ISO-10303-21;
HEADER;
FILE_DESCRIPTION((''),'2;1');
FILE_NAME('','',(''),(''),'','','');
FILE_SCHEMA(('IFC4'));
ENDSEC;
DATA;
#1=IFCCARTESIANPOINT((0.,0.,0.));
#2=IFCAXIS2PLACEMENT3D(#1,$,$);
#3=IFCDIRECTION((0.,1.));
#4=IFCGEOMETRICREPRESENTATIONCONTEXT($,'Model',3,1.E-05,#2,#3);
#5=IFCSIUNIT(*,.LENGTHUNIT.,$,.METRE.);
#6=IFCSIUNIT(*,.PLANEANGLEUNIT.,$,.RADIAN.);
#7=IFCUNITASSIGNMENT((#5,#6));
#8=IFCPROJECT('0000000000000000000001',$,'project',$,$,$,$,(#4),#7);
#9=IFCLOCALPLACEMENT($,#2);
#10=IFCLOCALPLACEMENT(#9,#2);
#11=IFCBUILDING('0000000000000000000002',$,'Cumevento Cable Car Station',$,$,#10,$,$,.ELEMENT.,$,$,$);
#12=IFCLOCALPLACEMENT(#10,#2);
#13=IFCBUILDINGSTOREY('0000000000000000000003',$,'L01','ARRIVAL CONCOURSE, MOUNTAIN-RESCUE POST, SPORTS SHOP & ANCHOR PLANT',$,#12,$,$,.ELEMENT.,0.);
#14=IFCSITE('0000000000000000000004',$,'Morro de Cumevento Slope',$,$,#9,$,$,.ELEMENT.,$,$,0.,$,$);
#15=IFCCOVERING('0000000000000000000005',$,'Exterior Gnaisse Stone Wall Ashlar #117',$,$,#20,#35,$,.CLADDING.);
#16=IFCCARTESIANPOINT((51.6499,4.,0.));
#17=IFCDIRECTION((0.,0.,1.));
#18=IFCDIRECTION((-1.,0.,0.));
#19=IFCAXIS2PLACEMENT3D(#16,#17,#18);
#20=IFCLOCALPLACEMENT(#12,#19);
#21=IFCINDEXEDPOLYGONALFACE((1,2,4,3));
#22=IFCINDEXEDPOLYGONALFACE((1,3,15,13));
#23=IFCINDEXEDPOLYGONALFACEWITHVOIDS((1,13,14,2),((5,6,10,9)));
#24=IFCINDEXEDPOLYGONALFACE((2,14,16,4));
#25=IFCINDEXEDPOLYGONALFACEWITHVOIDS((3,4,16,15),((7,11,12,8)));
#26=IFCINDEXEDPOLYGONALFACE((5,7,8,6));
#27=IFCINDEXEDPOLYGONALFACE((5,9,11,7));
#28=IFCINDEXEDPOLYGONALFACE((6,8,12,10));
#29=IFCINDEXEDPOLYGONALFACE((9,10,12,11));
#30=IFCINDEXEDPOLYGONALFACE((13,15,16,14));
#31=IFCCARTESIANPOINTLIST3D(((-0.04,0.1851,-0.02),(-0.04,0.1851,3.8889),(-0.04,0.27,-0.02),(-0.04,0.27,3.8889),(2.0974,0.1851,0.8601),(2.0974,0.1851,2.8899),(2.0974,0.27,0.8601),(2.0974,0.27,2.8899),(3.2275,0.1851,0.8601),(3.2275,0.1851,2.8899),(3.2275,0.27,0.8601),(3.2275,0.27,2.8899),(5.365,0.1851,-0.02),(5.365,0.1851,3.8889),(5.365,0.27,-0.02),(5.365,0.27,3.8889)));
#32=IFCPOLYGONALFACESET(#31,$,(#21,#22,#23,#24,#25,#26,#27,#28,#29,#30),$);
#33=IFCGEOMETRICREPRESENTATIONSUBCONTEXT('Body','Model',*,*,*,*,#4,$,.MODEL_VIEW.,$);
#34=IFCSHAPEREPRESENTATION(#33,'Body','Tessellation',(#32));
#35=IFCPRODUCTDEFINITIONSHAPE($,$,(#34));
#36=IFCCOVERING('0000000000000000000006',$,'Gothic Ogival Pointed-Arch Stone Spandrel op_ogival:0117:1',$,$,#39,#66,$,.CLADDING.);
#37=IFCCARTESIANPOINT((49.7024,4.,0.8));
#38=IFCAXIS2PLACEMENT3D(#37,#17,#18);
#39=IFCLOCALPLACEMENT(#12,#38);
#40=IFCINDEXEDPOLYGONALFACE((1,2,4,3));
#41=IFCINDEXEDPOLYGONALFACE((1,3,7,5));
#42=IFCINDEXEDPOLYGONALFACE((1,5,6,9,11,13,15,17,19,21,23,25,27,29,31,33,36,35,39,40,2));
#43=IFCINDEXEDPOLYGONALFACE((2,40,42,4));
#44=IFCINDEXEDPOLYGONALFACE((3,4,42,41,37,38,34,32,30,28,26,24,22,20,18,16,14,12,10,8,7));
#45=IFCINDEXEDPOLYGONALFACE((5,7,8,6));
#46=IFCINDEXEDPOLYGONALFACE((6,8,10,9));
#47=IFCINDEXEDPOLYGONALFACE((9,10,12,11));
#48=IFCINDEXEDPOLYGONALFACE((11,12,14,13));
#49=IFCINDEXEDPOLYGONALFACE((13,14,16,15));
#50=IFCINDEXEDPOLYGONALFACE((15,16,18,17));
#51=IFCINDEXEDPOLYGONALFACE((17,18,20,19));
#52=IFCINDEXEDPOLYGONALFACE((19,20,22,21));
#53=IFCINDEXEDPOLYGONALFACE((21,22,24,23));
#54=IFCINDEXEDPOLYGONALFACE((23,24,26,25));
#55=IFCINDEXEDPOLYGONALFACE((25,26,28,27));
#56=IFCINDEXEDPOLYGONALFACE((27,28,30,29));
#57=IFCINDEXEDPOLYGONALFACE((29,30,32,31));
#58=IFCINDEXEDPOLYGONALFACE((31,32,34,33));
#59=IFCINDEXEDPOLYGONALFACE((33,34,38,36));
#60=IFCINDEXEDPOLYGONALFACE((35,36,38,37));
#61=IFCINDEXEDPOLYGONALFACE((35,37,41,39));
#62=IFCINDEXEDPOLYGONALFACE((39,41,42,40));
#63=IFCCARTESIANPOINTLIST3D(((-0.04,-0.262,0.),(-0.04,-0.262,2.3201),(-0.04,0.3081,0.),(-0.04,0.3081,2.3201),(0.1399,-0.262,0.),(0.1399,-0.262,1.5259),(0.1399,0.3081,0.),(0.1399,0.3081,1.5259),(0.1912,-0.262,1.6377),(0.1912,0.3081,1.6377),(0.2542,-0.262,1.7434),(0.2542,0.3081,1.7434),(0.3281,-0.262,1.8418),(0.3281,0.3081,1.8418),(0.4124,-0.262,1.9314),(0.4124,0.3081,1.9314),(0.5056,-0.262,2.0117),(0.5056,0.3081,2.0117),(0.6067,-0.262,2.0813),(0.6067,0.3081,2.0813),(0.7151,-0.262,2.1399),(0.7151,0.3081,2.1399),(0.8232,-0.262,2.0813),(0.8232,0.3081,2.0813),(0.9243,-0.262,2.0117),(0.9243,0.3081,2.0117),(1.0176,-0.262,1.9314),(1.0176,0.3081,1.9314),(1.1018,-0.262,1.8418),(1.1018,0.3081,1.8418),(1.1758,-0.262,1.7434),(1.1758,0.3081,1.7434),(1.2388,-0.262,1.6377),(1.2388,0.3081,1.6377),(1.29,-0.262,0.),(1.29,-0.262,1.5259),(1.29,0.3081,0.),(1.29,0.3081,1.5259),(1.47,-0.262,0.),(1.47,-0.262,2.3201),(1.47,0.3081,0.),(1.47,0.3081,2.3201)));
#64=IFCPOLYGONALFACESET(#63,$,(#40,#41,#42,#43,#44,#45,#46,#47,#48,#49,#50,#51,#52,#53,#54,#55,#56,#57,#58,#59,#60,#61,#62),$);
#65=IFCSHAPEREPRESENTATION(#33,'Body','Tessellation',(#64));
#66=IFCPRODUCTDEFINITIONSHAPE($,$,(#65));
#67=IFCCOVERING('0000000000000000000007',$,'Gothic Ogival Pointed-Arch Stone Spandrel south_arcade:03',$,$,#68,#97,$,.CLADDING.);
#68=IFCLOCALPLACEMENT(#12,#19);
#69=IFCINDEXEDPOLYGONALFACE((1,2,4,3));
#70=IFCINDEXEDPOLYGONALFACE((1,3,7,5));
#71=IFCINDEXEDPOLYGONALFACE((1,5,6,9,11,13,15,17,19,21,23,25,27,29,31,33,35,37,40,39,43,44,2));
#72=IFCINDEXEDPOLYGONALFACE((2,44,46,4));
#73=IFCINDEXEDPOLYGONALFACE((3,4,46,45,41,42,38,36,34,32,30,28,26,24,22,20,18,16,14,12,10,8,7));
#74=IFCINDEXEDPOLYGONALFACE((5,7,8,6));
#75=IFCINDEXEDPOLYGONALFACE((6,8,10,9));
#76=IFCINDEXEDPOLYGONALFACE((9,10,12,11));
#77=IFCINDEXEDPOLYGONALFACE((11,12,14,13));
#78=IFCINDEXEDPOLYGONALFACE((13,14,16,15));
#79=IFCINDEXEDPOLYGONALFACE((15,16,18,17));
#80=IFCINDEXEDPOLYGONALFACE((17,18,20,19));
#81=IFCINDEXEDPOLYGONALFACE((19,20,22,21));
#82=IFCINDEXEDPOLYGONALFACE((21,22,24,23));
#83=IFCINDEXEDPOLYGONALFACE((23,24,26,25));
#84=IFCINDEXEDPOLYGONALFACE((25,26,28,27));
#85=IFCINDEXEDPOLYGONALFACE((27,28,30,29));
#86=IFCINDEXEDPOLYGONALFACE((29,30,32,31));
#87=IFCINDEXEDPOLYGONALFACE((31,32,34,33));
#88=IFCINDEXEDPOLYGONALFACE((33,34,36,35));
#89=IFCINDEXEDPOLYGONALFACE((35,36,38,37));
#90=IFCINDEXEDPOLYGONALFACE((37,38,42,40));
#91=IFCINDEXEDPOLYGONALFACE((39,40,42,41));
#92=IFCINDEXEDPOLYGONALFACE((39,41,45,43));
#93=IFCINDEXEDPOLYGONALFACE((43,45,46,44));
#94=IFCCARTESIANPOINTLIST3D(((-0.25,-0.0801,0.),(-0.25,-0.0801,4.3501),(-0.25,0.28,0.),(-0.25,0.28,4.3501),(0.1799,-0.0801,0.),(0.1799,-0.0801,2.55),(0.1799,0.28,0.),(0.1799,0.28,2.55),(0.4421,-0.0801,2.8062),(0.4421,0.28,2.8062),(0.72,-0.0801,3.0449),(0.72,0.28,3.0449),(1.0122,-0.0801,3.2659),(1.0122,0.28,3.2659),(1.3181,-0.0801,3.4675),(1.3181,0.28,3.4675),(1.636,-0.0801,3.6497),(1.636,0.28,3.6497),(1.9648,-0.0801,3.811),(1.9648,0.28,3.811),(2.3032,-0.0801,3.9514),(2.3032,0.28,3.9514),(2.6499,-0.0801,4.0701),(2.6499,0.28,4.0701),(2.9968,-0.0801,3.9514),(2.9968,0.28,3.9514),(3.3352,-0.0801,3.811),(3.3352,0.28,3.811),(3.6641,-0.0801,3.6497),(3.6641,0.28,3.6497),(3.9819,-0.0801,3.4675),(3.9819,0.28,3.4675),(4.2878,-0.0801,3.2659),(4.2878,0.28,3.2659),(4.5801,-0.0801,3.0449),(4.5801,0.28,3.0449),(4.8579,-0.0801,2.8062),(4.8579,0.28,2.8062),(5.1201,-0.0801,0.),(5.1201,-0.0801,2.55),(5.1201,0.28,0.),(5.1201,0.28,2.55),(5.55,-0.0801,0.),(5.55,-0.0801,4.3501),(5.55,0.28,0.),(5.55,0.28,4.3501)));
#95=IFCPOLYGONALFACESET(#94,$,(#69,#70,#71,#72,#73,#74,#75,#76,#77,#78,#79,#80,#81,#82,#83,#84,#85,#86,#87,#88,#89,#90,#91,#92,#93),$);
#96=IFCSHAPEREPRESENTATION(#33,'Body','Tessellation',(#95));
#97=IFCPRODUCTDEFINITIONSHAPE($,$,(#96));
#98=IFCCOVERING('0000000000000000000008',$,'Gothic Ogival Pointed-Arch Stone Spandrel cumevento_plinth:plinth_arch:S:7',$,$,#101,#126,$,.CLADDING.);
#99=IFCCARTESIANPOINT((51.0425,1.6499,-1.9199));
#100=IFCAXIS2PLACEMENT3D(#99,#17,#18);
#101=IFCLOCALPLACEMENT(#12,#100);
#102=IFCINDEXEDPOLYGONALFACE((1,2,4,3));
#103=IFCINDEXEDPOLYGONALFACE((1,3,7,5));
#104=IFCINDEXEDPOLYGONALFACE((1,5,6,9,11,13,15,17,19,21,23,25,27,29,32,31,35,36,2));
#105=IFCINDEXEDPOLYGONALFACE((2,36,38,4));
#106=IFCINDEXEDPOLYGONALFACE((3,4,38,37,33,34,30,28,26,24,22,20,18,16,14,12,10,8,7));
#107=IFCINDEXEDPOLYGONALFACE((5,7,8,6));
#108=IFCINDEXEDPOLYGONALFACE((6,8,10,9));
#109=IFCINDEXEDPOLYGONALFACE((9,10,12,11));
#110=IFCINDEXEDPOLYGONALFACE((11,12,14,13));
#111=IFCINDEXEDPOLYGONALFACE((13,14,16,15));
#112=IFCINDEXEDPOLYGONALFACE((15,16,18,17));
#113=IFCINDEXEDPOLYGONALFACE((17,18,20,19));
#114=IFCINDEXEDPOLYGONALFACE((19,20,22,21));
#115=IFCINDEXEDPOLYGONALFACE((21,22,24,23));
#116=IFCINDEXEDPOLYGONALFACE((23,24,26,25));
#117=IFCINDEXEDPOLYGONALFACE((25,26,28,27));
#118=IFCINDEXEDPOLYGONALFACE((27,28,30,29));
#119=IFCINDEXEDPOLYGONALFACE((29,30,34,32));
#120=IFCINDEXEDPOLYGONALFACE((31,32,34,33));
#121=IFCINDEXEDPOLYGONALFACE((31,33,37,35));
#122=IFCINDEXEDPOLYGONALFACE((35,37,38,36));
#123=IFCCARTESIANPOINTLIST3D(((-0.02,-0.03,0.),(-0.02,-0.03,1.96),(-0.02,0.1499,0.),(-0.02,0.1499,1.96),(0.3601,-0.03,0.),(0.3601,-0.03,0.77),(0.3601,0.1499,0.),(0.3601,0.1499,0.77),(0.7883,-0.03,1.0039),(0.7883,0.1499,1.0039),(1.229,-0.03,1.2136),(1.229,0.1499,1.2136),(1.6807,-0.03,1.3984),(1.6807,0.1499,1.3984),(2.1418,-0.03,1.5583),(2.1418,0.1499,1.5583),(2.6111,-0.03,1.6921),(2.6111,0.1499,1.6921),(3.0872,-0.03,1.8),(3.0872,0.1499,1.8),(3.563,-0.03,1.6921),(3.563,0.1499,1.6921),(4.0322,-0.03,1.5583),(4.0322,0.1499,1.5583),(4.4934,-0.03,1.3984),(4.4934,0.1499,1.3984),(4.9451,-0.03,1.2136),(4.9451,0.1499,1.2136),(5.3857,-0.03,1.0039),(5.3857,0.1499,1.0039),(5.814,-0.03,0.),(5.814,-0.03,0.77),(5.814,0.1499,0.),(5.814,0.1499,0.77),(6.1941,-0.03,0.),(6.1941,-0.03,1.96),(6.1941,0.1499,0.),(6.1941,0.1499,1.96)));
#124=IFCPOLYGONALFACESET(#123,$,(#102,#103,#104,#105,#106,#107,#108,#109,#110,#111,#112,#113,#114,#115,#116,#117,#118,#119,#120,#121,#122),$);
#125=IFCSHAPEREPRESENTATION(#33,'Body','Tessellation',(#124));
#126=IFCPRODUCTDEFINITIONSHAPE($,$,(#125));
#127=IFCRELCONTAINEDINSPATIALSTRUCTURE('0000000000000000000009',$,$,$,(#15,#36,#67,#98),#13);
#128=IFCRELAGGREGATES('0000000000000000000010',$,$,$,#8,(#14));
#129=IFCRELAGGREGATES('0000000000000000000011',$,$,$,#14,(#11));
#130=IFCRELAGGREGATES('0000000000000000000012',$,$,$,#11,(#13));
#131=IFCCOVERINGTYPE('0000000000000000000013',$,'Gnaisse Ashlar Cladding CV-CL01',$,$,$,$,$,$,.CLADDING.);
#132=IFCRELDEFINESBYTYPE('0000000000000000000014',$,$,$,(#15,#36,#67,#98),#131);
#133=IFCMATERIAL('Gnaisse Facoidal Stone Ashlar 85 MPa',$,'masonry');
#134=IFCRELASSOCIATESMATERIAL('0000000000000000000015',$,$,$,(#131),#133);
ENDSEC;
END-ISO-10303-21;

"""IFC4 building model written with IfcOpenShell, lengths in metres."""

from ifc_helpers import new_model, si_unit, direction, frame, origin, place, context, subcontext, project, spatial, polyline, outline, extrude, material, type_object, element, save


model = new_model("IFC4")

# Units and contexts
model_context = context("Model", 3, precision=1e-05, world=origin(), true_north=direction((0.0, 1.0)))
body_context = subcontext(model_context, "Body", "Model", "MODEL_VIEW")
ifc_project = project(units=[si_unit("LENGTHUNIT", "METRE"), si_unit("PLANEANGLEUNIT", "RADIAN")], contexts=[model_context])

# Site, building, storey
site_placement = place(None, origin())
site = spatial("IfcSite", under=ifc_project, at=site_placement, Name="Morro de Cumevento Slope", CompositionType="ELEMENT", RefElevation=0.0)
building_placement = place(site_placement, origin())
building = spatial("IfcBuilding", under=site, at=building_placement, Name="Cumevento Cable Car Station", CompositionType="ELEMENT")
storey_placement = place(building_placement, origin())
storey = spatial("IfcBuildingStorey", under=building, at=storey_placement, Name="L01", Description="ARRIVAL CONCOURSE, MOUNTAIN-RESCUE POST, SPORTS SHOP & ANCHOR PLANT", CompositionType="ELEMENT", Elevation=0.0)

# Coverings
ifc_material_1 = material(Name="Gnaisse Facoidal Stone Ashlar 85 MPa", Category="masonry")
covering_type = type_object("IfcCoveringType", Name="Gnaisse Ashlar Cladding CV-CL01", PredefinedType="CLADDING", material=ifc_material_1)
covering_1_placement = place(storey_placement, frame((51.6499, 4.0, 0.0), z_axis=(0.0, 0.0, 1.0), x_axis=(-1.0, 0.0, 0.0)))
element("IfcCovering", 1, at=covering_1_placement, inside=storey, type_object=covering_type, Name="Exterior Gnaisse Stone Wall Ashlar #117", PredefinedType="CLADDING", context=body_context, shape_type="SweptSolid", body=[
    extrude(outline(polyline([(-0.04, -0.02), (5.365, -0.02), (5.365, 3.8889), (-0.04, 3.8889), (-0.04, -0.02)]), holes=[polyline([(2.0974, 0.8601), (3.2275, 0.8601), (3.2275, 2.8899), (2.0974, 2.8899), (2.0974, 0.8601)])]), frame((0.0, 0.27, 0.0), z_axis=(0.0, -1.0, 0.0), x_axis=(1.0, 0.0, 0.0)), (0.0, 0.0, 1.0), 0.085),
])
covering_2_placement = place(storey_placement, frame((49.7024, 4.0, 0.8), z_axis=(0.0, 0.0, 1.0), x_axis=(-1.0, 0.0, 0.0)))
element("IfcCovering", 2, at=covering_2_placement, inside=storey, type_object=covering_type, Name="Gothic Ogival Pointed-Arch Stone Spandrel op_ogival:0117:1", PredefinedType="CLADDING", context=body_context, shape_type="SweptSolid", body=[
    extrude(outline(polyline([(-0.04, 0.0), (-0.04, 2.3201), (1.47, 2.3201), (1.47, 0.0), (1.29, 0.0), (1.29, 1.5259), (1.2388, 1.6377), (1.1758, 1.7434), (1.1018, 1.8418), (1.0176, 1.9314), (0.9243, 2.0117), (0.8232, 2.0813), (0.7151, 2.1399), (0.6067, 2.0813), (0.5056, 2.0117), (0.4124, 1.9314), (0.3281, 1.8418), (0.2542, 1.7434), (0.1912, 1.6377), (0.1399, 1.5259), (0.1399, 0.0), (-0.04, 0.0)])), frame((0.0, 0.3081, 0.0), z_axis=(0.0, -1.0, 0.0), x_axis=(1.0, 0.0, 0.0)), (0.0, 0.0, 1.0), 0.5701),
])
covering_3_placement = place(storey_placement, frame((51.6499, 4.0, 0.0), z_axis=(0.0, 0.0, 1.0), x_axis=(-1.0, 0.0, 0.0)))
element("IfcCovering", 3, at=covering_3_placement, inside=storey, type_object=covering_type, Name="Gothic Ogival Pointed-Arch Stone Spandrel south_arcade:03", PredefinedType="CLADDING", context=body_context, shape_type="SweptSolid", body=[
    extrude(outline(polyline([(-0.25, 0.0), (-0.25, 4.3501), (5.55, 4.3501), (5.55, 0.0), (5.1201, 0.0), (5.1201, 2.55), (4.8579, 2.8062), (4.5801, 3.0449), (4.2878, 3.2659), (3.9819, 3.4675), (3.6641, 3.6497), (3.3352, 3.811), (2.9968, 3.9514), (2.6499, 4.0701), (2.3032, 3.9514), (1.9648, 3.811), (1.636, 3.6497), (1.3181, 3.4675), (1.0122, 3.2659), (0.72, 3.0449), (0.4421, 2.8062), (0.1799, 2.55), (0.1799, 0.0), (-0.25, 0.0)])), frame((0.0, 0.28, 0.0), z_axis=(0.0, -1.0, 0.0), x_axis=(1.0, 0.0, 0.0)), (0.0, 0.0, 1.0), 0.3601),
])
covering_4_placement = place(storey_placement, frame((51.0425, 1.6499, -1.9199), z_axis=(0.0, 0.0, 1.0), x_axis=(-1.0, 0.0, 0.0)))
element("IfcCovering", 4, at=covering_4_placement, inside=storey, type_object=covering_type, Name="Gothic Ogival Pointed-Arch Stone Spandrel cumevento_plinth:plinth_arch:S:7", PredefinedType="CLADDING", context=body_context, shape_type="SweptSolid", body=[
    extrude(outline(polyline([(-0.02, 0.0), (-0.02, 1.96), (6.1941, 1.96), (6.1941, 0.0), (5.814, 0.0), (5.814, 0.77), (5.3857, 1.0039), (4.9451, 1.2136), (4.4934, 1.3984), (4.0322, 1.5583), (3.563, 1.6921), (3.0872, 1.8), (2.6111, 1.6921), (2.1418, 1.5583), (1.6807, 1.3984), (1.229, 1.2136), (0.7883, 1.0039), (0.3601, 0.77), (0.3601, 0.0), (-0.02, 0.0)])), frame((0.0, 0.1499, 0.0), z_axis=(0.0, -1.0, 0.0), x_axis=(1.0, 0.0, 0.0)), (0.0, 0.0, 1.0), 0.1799),
])

save(model, "model.ifc")
